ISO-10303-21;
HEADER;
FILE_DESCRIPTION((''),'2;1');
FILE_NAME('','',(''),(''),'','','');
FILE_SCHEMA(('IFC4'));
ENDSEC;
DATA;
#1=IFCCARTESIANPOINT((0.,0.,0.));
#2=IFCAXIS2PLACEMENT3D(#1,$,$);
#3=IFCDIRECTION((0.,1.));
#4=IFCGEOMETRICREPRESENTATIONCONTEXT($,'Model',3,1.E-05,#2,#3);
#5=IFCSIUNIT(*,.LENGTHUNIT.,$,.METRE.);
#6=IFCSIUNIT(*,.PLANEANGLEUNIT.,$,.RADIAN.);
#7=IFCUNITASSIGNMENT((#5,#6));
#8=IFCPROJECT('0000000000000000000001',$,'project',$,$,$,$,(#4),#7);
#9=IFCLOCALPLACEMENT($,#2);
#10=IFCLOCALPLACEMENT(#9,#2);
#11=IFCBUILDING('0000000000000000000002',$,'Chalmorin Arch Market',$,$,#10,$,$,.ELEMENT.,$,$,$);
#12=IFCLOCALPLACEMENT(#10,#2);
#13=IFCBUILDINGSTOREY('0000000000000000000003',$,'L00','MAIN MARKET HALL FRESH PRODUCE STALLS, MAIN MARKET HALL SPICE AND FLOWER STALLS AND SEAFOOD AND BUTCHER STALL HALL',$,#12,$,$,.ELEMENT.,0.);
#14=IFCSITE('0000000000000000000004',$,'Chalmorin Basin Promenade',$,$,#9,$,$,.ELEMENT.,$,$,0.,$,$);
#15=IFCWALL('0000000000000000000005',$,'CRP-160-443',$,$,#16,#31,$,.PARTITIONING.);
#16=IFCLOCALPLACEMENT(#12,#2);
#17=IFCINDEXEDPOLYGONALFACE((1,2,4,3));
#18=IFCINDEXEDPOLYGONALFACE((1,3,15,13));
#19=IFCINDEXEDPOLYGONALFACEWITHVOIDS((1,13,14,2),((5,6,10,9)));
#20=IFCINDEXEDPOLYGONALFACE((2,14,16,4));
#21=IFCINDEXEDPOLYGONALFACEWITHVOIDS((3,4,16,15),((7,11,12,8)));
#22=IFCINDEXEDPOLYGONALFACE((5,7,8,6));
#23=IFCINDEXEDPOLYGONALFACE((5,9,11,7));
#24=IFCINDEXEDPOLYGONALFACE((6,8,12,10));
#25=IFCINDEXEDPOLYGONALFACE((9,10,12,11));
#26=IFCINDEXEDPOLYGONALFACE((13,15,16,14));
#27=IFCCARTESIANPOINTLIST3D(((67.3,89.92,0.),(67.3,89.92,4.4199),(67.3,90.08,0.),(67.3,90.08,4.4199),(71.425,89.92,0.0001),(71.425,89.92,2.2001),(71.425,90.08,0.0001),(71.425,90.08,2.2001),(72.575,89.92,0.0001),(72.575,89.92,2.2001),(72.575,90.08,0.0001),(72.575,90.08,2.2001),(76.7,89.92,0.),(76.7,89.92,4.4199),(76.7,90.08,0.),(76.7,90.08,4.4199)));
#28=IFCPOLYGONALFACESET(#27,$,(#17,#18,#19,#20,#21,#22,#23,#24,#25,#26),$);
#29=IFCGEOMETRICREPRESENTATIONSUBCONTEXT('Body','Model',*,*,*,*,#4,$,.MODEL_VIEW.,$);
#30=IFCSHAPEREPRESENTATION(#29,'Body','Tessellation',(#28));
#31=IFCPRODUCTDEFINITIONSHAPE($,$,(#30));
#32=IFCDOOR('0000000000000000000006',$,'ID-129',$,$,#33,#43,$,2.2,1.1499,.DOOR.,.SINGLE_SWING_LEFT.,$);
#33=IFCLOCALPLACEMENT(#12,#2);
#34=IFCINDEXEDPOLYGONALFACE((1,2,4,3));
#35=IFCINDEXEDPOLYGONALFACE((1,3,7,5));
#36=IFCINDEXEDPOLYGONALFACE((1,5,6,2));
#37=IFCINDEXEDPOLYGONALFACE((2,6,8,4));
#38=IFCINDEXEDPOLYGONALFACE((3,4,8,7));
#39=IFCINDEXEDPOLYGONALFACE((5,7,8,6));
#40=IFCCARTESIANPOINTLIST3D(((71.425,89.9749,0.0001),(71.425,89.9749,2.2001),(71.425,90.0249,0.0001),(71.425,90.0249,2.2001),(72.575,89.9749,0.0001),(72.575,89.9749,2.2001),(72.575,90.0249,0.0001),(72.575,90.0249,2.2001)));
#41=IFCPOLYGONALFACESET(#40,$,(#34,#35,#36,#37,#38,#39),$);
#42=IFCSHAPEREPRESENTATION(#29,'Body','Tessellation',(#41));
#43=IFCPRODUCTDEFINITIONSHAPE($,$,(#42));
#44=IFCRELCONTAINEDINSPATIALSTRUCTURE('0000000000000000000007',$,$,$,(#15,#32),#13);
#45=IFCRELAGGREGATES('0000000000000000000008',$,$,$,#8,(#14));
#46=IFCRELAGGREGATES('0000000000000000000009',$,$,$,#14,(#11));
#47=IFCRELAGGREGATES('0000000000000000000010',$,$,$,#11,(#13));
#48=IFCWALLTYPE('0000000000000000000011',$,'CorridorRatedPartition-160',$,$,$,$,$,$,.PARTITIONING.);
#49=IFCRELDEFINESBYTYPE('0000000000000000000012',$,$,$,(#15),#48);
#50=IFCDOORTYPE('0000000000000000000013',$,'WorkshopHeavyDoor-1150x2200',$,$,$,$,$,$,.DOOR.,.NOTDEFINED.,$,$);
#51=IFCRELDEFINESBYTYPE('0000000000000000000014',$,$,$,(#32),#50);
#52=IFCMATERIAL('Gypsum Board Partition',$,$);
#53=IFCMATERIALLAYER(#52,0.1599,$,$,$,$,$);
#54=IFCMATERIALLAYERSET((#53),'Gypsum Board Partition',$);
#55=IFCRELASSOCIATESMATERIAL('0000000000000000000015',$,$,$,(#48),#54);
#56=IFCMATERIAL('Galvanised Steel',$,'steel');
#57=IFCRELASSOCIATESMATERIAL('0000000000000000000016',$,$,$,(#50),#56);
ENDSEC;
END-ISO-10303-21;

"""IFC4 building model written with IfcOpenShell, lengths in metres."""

from ifc_helpers import new_model, si_unit, direction, frame, frame_2d, origin, place, context, subcontext, project, spatial, rectangle, extrude, material, layer, layer_set, type_object, element, fill, save


model = new_model("IFC4")

# Units and contexts
model_context = context("Model", 3, precision=1e-05, world=origin(), true_north=direction((0.0, 1.0)))
body_context = subcontext(model_context, "Body", "Model", "MODEL_VIEW")
ifc_project = project(units=[si_unit("LENGTHUNIT", "METRE"), si_unit("PLANEANGLEUNIT", "RADIAN")], contexts=[model_context])

# Site, building, storey
site_placement = place(None, origin())
site = spatial("IfcSite", under=ifc_project, at=site_placement, Name="Chalmorin Basin Promenade", CompositionType="ELEMENT", RefElevation=0.0)
building_placement = place(site_placement, origin())
building = spatial("IfcBuilding", under=site, at=building_placement, Name="Chalmorin Arch Market", CompositionType="ELEMENT")
storey_placement = place(building_placement, origin())
storey = spatial("IfcBuildingStorey", under=building, at=storey_placement, Name="L00", Description="MAIN MARKET HALL FRESH PRODUCE STALLS, MAIN MARKET HALL SPICE AND FLOWER STALLS AND SEAFOOD AND BUTCHER STALL HALL", CompositionType="ELEMENT", Elevation=0.0)

# Wall, opening, door
ifc_material_1 = material(Name="Gypsum Board Partition")
ifc_layer = layer(ifc_material_1, 0.1599)
ifc_layer_set = layer_set([ifc_layer], Name="Gypsum Board Partition")
wall_type = type_object("IfcWallType", Name="CorridorRatedPartition-160", PredefinedType="PARTITIONING", material=ifc_layer_set)
wall_placement = place(storey_placement, frame((67.3, 90.0, 0.0), z_axis=(0.0, 0.0, 1.0), x_axis=(1.0, 0.0, 0.0)))
wall = element("IfcWall", 1, at=wall_placement, inside=storey, type_object=wall_type, Name="CRP-160-443", PredefinedType="PARTITIONING", context=body_context, shape_type="SweptSolid", body=[
    extrude(rectangle(XDim=9.3999, YDim=0.1599, at=frame_2d((4.7, 0.0))), origin(), (0.0, 0.0, 1.0), 4.4199),
])
opening_placement = place(wall_placement, frame((4.125, 0.0, 0.0)))
opening = element("IfcOpeningElement", 2, at=opening_placement, cuts=wall, PredefinedType="OPENING", context=body_context, shape_type="SweptSolid", body=[
    extrude(rectangle(XDim=1.1499, YDim=2.2, at=frame_2d((0.575, 1.1001))), frame((0.0, 0.0898, 0.0), z_axis=(0.0, -1.0, 0.0), x_axis=(1.0, 0.0, 0.0)), (0.0, 0.0, 1.0), 0.1799),
])
ifc_material_2 = material(Name="Galvanised Steel", Category="steel")
door_type = type_object("IfcDoorType", Name="WorkshopHeavyDoor-1150x2200", OperationType="NOTDEFINED", PredefinedType="DOOR", material=ifc_material_2)
door_placement = place(opening_placement, origin())
door = element("IfcDoor", 3, at=door_placement, inside=storey, type_object=door_type, Name="ID-129", OperationType="SINGLE_SWING_LEFT", OverallHeight=2.2, OverallWidth=1.1499, PredefinedType="DOOR", context=body_context, shape_type="SweptSolid", body=[
    extrude(rectangle(XDim=1.1499, YDim=2.2, at=frame_2d((0.575, 1.1001))), frame((0.0, 0.0249, 0.0), z_axis=(0.0, -1.0, 0.0), x_axis=(1.0, 0.0, 0.0)), (0.0, 0.0, 1.0), 0.05),
])
fill(opening, door)

save(model, "model.ifc")
